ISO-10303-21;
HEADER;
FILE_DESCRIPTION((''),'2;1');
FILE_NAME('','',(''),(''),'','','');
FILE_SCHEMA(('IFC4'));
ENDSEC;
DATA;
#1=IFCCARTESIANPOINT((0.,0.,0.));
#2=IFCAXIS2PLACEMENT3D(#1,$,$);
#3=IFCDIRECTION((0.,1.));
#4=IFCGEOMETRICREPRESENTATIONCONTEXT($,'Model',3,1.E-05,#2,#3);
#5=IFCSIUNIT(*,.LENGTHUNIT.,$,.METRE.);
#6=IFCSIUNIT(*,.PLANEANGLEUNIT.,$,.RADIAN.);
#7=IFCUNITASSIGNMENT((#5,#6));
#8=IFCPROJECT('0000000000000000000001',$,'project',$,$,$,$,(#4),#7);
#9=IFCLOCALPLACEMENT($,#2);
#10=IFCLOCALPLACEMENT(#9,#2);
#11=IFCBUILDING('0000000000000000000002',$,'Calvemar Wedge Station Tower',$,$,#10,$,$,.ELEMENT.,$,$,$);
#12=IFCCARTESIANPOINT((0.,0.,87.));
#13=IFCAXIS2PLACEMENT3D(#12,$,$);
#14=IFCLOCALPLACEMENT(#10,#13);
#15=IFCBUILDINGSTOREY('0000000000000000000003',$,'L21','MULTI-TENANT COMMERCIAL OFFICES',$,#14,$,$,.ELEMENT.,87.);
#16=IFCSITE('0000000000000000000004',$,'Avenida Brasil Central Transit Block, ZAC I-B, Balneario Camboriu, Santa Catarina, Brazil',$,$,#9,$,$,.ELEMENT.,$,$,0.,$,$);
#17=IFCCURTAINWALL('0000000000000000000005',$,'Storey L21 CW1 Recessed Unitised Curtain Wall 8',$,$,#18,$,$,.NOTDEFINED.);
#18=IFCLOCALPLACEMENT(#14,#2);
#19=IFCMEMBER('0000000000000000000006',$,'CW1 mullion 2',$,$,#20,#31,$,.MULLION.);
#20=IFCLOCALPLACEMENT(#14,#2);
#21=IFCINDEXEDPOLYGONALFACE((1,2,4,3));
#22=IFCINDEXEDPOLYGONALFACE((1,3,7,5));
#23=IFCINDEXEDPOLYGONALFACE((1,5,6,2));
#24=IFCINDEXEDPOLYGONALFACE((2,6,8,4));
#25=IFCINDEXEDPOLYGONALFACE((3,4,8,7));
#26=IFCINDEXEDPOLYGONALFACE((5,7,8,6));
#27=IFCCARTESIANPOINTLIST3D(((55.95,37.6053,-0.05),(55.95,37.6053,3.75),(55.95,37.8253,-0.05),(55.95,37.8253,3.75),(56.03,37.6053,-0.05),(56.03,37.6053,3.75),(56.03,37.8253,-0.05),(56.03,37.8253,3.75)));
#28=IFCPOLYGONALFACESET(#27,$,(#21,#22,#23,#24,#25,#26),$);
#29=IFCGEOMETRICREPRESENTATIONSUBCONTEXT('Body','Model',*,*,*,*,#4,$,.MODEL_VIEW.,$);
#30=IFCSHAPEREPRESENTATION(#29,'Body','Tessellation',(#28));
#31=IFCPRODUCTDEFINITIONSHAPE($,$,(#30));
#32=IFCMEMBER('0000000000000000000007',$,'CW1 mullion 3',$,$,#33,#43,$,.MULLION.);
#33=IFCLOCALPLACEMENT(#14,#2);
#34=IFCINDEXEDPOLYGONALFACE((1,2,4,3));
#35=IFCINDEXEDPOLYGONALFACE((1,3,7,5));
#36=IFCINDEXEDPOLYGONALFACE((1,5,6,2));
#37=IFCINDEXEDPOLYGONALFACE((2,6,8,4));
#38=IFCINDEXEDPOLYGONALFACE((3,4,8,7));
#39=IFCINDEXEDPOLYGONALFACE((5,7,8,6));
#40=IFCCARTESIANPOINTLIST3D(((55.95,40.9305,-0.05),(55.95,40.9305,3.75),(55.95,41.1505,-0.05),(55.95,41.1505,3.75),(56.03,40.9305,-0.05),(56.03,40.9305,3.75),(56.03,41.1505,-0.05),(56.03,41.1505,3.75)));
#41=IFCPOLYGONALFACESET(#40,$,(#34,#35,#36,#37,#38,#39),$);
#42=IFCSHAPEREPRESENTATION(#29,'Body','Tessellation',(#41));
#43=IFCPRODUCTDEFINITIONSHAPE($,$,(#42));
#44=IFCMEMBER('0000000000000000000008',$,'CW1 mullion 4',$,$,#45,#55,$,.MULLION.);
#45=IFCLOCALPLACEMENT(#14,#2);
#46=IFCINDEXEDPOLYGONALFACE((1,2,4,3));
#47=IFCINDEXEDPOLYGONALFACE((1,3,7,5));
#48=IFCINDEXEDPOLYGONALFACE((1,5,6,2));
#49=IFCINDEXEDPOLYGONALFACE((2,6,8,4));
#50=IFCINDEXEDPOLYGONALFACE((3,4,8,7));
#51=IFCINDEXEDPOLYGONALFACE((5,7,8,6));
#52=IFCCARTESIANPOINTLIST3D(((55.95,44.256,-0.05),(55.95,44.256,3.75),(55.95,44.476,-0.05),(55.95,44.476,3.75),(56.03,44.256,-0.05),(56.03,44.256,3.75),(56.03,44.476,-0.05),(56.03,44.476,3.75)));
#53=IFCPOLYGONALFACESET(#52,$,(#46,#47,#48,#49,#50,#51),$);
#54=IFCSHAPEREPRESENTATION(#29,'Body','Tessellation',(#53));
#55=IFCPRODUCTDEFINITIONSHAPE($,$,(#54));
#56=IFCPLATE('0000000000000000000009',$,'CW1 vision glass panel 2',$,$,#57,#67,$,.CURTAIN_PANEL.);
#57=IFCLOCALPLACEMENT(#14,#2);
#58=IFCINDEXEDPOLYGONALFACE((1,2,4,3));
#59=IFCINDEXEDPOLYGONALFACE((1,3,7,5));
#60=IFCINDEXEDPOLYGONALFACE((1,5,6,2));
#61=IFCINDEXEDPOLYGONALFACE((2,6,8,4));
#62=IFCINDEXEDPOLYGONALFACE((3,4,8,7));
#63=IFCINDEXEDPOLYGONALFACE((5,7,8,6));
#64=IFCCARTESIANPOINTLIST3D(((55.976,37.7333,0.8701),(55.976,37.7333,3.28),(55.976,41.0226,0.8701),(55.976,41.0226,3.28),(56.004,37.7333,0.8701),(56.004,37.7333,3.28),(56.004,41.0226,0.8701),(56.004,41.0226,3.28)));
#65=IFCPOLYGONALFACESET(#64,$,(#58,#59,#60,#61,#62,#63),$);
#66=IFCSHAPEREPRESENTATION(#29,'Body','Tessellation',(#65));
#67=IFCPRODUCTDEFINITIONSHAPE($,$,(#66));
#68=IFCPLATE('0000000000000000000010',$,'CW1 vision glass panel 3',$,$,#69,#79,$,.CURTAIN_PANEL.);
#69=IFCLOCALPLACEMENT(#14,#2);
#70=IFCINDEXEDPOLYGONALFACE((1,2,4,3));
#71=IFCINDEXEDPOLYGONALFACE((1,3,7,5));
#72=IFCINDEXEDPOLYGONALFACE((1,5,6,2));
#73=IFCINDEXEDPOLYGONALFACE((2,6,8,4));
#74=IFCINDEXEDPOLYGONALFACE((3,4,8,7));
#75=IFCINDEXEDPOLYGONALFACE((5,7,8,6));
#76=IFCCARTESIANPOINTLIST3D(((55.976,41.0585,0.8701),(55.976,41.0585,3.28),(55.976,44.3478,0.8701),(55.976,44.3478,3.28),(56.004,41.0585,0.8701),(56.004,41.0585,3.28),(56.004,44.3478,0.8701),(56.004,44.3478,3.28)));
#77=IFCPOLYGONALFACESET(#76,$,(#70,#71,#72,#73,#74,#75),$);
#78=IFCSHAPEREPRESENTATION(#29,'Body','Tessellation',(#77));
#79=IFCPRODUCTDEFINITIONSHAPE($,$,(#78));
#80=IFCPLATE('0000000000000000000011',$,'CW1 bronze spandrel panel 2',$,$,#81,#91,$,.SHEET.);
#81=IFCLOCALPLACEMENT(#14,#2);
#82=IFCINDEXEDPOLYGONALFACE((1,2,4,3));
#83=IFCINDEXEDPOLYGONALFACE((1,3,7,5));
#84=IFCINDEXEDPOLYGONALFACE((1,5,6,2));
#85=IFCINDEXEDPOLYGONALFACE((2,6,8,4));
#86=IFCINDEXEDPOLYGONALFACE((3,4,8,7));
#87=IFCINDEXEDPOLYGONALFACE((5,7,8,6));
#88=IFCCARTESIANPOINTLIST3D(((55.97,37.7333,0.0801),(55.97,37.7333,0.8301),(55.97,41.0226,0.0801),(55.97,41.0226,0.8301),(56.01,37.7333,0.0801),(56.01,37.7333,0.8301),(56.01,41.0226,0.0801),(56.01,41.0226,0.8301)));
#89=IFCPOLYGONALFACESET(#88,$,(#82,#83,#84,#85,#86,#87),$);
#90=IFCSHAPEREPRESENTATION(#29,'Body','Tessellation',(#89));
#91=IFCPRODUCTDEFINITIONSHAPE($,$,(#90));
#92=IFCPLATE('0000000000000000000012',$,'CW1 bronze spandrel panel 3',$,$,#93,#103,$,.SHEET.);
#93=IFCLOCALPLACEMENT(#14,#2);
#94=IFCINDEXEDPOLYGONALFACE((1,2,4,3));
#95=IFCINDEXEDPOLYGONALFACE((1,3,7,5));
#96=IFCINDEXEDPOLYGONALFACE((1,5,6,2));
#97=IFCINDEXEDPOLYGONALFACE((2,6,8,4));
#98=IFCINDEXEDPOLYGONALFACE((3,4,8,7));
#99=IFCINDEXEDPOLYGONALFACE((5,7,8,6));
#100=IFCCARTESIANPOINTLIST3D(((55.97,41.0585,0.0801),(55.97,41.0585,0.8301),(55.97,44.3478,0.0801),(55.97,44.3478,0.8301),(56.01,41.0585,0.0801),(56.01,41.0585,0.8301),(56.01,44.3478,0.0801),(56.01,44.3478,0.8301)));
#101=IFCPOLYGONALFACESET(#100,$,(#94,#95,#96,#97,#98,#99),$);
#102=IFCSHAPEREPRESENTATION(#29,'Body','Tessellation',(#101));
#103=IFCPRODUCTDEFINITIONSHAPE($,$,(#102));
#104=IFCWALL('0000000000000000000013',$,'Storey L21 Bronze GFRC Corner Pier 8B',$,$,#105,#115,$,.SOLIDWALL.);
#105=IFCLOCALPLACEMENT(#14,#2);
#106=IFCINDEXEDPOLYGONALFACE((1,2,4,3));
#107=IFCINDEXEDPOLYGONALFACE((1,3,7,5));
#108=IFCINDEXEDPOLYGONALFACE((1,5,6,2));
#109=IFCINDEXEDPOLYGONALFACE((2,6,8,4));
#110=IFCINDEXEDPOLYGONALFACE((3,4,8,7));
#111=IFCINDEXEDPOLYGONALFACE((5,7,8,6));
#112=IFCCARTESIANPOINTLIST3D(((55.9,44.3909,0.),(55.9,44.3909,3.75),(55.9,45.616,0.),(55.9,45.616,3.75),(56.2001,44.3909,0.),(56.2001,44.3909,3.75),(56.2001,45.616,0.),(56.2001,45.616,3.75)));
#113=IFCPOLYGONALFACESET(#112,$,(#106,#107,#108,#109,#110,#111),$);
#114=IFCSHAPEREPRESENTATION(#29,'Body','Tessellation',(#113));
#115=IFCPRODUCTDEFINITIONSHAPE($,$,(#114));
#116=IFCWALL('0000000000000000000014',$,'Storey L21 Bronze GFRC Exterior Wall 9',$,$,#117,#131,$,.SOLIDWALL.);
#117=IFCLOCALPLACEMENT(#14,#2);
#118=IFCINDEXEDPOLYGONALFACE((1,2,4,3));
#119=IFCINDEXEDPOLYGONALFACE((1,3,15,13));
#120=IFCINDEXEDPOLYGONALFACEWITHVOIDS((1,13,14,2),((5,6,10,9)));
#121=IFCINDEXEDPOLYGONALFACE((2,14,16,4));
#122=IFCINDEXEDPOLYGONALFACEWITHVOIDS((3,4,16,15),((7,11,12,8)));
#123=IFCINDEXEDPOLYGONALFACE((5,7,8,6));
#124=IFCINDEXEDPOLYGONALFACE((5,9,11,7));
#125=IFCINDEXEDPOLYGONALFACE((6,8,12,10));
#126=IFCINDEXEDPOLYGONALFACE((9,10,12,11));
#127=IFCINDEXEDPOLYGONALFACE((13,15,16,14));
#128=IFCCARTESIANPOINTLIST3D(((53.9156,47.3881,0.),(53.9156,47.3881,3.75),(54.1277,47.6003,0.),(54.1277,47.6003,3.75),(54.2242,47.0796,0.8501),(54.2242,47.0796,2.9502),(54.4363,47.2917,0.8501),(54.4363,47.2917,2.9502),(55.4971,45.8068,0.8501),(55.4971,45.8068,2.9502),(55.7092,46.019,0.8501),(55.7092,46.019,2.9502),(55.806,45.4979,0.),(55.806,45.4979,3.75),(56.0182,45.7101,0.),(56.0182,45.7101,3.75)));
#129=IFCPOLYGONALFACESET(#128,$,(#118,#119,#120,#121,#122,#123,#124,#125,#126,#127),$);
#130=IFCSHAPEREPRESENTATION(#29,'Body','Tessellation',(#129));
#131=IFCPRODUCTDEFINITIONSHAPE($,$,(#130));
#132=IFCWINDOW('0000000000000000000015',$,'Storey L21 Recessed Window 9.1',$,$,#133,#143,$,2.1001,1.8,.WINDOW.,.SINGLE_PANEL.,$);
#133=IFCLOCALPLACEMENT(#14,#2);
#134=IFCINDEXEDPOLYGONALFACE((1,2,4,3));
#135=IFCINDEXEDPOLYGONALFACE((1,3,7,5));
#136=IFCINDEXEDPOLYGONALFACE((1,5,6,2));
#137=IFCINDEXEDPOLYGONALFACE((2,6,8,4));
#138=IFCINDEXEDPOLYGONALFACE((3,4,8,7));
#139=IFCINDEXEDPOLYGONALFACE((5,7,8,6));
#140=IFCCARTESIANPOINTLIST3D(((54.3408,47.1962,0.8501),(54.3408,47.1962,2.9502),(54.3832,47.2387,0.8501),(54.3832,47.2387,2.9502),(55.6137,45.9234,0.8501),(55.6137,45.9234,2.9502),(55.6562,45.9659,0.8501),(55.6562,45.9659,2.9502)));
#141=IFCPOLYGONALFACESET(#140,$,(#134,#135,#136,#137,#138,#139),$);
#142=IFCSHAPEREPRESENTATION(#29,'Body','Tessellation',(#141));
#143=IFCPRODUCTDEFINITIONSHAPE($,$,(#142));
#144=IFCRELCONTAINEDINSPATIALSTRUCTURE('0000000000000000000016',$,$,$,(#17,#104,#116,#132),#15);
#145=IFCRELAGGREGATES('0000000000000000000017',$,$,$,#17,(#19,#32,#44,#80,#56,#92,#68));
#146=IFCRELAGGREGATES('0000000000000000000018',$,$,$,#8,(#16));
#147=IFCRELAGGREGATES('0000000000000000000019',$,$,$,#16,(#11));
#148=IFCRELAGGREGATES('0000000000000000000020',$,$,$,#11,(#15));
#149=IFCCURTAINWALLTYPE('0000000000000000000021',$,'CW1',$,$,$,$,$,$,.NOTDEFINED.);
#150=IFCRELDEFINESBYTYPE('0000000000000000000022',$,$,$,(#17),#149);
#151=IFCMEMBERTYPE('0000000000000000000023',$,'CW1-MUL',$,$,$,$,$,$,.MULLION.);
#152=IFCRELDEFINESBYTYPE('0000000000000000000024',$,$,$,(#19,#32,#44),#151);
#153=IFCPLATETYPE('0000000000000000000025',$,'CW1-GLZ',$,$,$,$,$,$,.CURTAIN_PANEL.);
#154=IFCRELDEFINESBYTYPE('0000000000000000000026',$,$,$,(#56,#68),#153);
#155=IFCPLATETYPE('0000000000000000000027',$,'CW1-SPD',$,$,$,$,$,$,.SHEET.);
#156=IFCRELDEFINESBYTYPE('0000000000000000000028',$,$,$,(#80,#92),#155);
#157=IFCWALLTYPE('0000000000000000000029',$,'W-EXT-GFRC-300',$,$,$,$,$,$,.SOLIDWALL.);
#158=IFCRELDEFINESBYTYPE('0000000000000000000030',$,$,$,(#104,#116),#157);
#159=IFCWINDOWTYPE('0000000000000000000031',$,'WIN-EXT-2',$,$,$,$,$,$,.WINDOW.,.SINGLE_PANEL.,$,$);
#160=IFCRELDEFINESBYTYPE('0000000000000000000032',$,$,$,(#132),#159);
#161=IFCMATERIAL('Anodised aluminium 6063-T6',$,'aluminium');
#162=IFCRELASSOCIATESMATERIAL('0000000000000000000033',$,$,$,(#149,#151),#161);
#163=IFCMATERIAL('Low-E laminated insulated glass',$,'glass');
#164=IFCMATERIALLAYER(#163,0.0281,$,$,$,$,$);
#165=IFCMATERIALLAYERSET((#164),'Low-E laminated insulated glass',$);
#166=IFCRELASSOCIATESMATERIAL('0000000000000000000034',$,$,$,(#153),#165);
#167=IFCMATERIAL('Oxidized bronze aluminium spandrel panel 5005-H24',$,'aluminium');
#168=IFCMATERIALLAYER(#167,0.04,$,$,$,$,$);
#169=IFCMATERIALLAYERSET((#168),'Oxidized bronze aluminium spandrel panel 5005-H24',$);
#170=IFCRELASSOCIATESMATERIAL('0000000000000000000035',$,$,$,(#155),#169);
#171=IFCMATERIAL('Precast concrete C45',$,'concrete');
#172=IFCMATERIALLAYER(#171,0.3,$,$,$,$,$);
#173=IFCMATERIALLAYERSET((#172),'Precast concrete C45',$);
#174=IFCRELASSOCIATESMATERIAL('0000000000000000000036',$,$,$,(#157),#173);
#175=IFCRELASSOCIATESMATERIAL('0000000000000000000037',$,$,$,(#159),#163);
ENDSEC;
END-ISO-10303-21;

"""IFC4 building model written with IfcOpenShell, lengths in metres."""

from ifc_helpers import new_model, si_unit, direction, frame, frame_2d, origin, origin_2d, place, context, subcontext, project, spatial, rectangle, extrude, source, transform, mapped, material, layer, layer_set, material_profile, profile_set, type_object, element, fill, aggregate, save


model = new_model("IFC4")

# Units and contexts
model_context = context("Model", 3, precision=1e-05, world=origin(), true_north=direction((0.0, 1.0)))
body_context = subcontext(model_context, "Body", "Model", "MODEL_VIEW")
ifc_project = project(units=[si_unit("LENGTHUNIT", "METRE"), si_unit("PLANEANGLEUNIT", "RADIAN")], contexts=[model_context])

# Site, building, storey
site_placement = place(None, origin())
site = spatial("IfcSite", under=ifc_project, at=site_placement, Name="Avenida Brasil Central Transit Block, ZAC I-B, Balneario Camboriu, Santa Catarina, Brazil", CompositionType="ELEMENT", RefElevation=0.0)
building_placement = place(site_placement, origin())
building = spatial("IfcBuilding", under=site, at=building_placement, Name="Calvemar Wedge Station Tower", CompositionType="ELEMENT")
storey_placement = place(building_placement, frame((0.0, 0.0, 87.0)))
storey = spatial("IfcBuildingStorey", under=building, at=storey_placement, Name="L21", Description="MULTI-TENANT COMMERCIAL OFFICES", CompositionType="ELEMENT", Elevation=87.0)

# Curtain wall, members, plates
ifc_material_1 = material(Name="Anodised aluminium 6063-T6", Category="aluminium")
curtain_wall_type = type_object("IfcCurtainWallType", Name="CW1", PredefinedType="NOTDEFINED", material=ifc_material_1)
curtain_wall_placement = place(storey_placement, origin())
curtain_wall = element("IfcCurtainWall", 1, at=curtain_wall_placement, inside=storey, type_object=curtain_wall_type, Name="Storey L21 CW1 Recessed Unitised Curtain Wall 8", PredefinedType="NOTDEFINED")
ifc_material_profile = material_profile(ifc_material_1, rectangle(XDim=0.0801, YDim=0.22, at=origin_2d()), Name="AL-MUL-80x220")
ifc_profile_set = profile_set([ifc_material_profile], Name="Anodised aluminium 6063-T6")
member_type = type_object("IfcMemberType", Name="CW1-MUL", PredefinedType="MULLION", material=ifc_profile_set)
shared_shape_1 = source(origin(), body_context, "Body", "SweptSolid", [
    extrude(rectangle(XDim=0.0801, YDim=0.22, at=origin_2d()), origin(), (0.0, 0.0, 1.0), 3.8),
])
member_1_placement = place(storey_placement, frame((55.99, 37.7153, -0.05), z_axis=(0.0, 0.0, 1.0), x_axis=(1.0, 0.0, 0.0)))
member_1 = element("IfcMember", 2, at=member_1_placement, type_object=member_type, Name="CW1 mullion 2", PredefinedType="MULLION", context=body_context, shape_type="MappedRepresentation", body=[
    mapped(shared_shape_1, transform((0.0, 0.0, 0.0), scale=1.0)),
])
member_2_placement = place(storey_placement, frame((55.99, 41.0405, -0.05), z_axis=(0.0, 0.0, 1.0), x_axis=(1.0, 0.0, 0.0)))
member_2 = element("IfcMember", 3, at=member_2_placement, type_object=member_type, Name="CW1 mullion 3", PredefinedType="MULLION", context=body_context, shape_type="MappedRepresentation", body=[
    mapped(shared_shape_1, transform((0.0, 0.0, 0.0), scale=1.0)),
])
member_3_placement = place(storey_placement, frame((55.99, 44.366, -0.05), z_axis=(0.0, 0.0, 1.0), x_axis=(1.0, 0.0, 0.0)))
member_3 = element("IfcMember", 4, at=member_3_placement, type_object=member_type, Name="CW1 mullion 4", PredefinedType="MULLION", context=body_context, shape_type="MappedRepresentation", body=[
    mapped(shared_shape_1, transform((0.0, 0.0, 0.0), scale=1.0)),
])
ifc_material_2 = material(Name="Low-E laminated insulated glass", Category="glass")
ifc_layer_1 = layer(ifc_material_2, 0.0281)
ifc_layer_set_1 = layer_set([ifc_layer_1], Name="Low-E laminated insulated glass")
plate_type_1 = type_object("IfcPlateType", Name="CW1-GLZ", PredefinedType="CURTAIN_PANEL", material=ifc_layer_set_1)
plate_1_placement = place(storey_placement, frame((55.99, 37.7334, 0.8701), z_axis=(0.0, 0.0, 1.0), x_axis=(0.0, 1.0, 0.0)))
plate_1 = element("IfcPlate", 5, at=plate_1_placement, type_object=plate_type_1, Name="CW1 vision glass panel 2", PredefinedType="CURTAIN_PANEL", context=body_context, shape_type="SweptSolid", body=[
    extrude(rectangle(XDim=3.2893, YDim=0.0281, at=frame_2d((1.6445, 0.0))), origin(), (0.0, 0.0, 1.0), 2.4099),
])
plate_2_placement = place(storey_placement, frame((55.99, 41.0586, 0.8701), z_axis=(0.0, 0.0, 1.0), x_axis=(0.0, 1.0, 0.0)))
plate_2 = element("IfcPlate", 6, at=plate_2_placement, type_object=plate_type_1, Name="CW1 vision glass panel 3", PredefinedType="CURTAIN_PANEL", context=body_context, shape_type="SweptSolid", body=[
    extrude(rectangle(XDim=3.2893, YDim=0.0281, at=frame_2d((1.6445, 0.0))), origin(), (0.0, 0.0, 1.0), 2.4099),
])
ifc_material_3 = material(Name="Oxidized bronze aluminium spandrel panel 5005-H24", Category="aluminium")
ifc_layer_2 = layer(ifc_material_3, 0.04)
ifc_layer_set_2 = layer_set([ifc_layer_2], Name="Oxidized bronze aluminium spandrel panel 5005-H24")
plate_type_2 = type_object("IfcPlateType", Name="CW1-SPD", PredefinedType="SHEET", material=ifc_layer_set_2)
plate_3_placement = place(storey_placement, frame((55.99, 37.7334, 0.0801), z_axis=(0.0, 0.0, 1.0), x_axis=(0.0, 1.0, 0.0)))
plate_3 = element("IfcPlate", 7, at=plate_3_placement, type_object=plate_type_2, Name="CW1 bronze spandrel panel 2", PredefinedType="SHEET", context=body_context, shape_type="SweptSolid", body=[
    extrude(rectangle(XDim=3.2893, YDim=0.04, at=frame_2d((1.6445, 0.0))), origin(), (0.0, 0.0, 1.0), 0.75),
])
plate_4_placement = place(storey_placement, frame((55.99, 41.0586, 0.0801), z_axis=(0.0, 0.0, 1.0), x_axis=(0.0, 1.0, 0.0)))
plate_4 = element("IfcPlate", 8, at=plate_4_placement, type_object=plate_type_2, Name="CW1 bronze spandrel panel 3", PredefinedType="SHEET", context=body_context, shape_type="SweptSolid", body=[
    extrude(rectangle(XDim=3.2893, YDim=0.04, at=frame_2d((1.6445, 0.0))), origin(), (0.0, 0.0, 1.0), 0.75),
])
aggregate(curtain_wall, [member_1, member_2, member_3, plate_3, plate_1, plate_4, plate_2])

# Wall
ifc_material_4 = material(Name="Precast concrete C45", Category="concrete")
ifc_layer_3 = layer(ifc_material_4, 0.3)
ifc_layer_set_3 = layer_set([ifc_layer_3], Name="Precast concrete C45")
wall_type_1 = type_object("IfcWallType", Name="W-EXT-GFRC-300", PredefinedType="SOLIDWALL", material=ifc_layer_set_3)
wall_1_placement = place(storey_placement, frame((56.05, 44.3909, 0.0), z_axis=(0.0, 0.0, 1.0), x_axis=(0.0, 1.0, 0.0)))
element("IfcWall", 9, at=wall_1_placement, inside=storey, type_object=wall_type_1, Name="Storey L21 Bronze GFRC Corner Pier 8B", PredefinedType="SOLIDWALL", context=body_context, shape_type="SweptSolid", body=[
    extrude(rectangle(XDim=1.2251, YDim=0.3, at=frame_2d((0.6125, 0.0))), origin(), (0.0, 0.0, 1.0), 3.75),
])

# Wall, opening, window
wall_2_placement = place(storey_placement, frame((55.9121, 45.604, 0.0), z_axis=(0.0, 0.0, 1.0), x_axis=(-0.707152, 0.707061, 0.0)))
wall_2 = element("IfcWall", 10, at=wall_2_placement, inside=storey, type_object=wall_type_1, Name="Storey L21 Bronze GFRC Exterior Wall 9", PredefinedType="SOLIDWALL", context=body_context, shape_type="SweptSolid", body=[
    extrude(rectangle(XDim=2.6733, YDim=0.3, at=frame_2d((1.3367, 0.0))), origin(), (0.0, 0.0, 1.0), 3.75),
])
shared_shape_2 = source(origin(), body_context, "Body", "SweptSolid", [
    extrude(rectangle(XDim=1.8, YDim=2.1001, at=frame_2d((0.8999, 1.05))), frame((0.0, 0.1602, 0.0), z_axis=(0.0, -1.0, 0.0), x_axis=(1.0, 0.0, 0.0)), (0.0, 0.0, 1.0), 0.3201),
])
opening_1_placement = place(wall_2_placement, frame((0.437, 0.0, 0.8501)))
opening_1 = element("IfcOpeningElement", 11, at=opening_1_placement, cuts=wall_2, PredefinedType="OPENING", context=body_context, shape_type="MappedRepresentation", body=[
    mapped(shared_shape_2, transform((0.0, 0.0, 0.0), scale=1.0)),
])
window_type_1 = type_object("IfcWindowType", Name="WIN-EXT-2", PartitioningType="SINGLE_PANEL", PredefinedType="WINDOW", material=ifc_material_2)
shared_shape_3 = source(origin(), body_context, "Body", "SweptSolid", [
    extrude(rectangle(XDim=1.8, YDim=2.1001, at=frame_2d((0.8999, 1.05))), frame((0.0, -0.0149, 0.0), z_axis=(0.0, -1.0, 0.0), x_axis=(1.0, 0.0, 0.0)), (0.0, 0.0, 1.0), 0.0601),
])
window_1_placement = place(opening_1_placement, origin())
window_1 = element("IfcWindow", 12, at=window_1_placement, inside=storey, type_object=window_type_1, Name="Storey L21 Recessed Window 9.1", OverallHeight=2.1001, OverallWidth=1.8, PartitioningType="SINGLE_PANEL", PredefinedType="WINDOW", context=body_context, shape_type="MappedRepresentation", body=[
    mapped(shared_shape_3, transform((0.0, 0.0, 0.0), scale=1.0)),
])
fill(opening_1, window_1)

save(model, "model.ifc")
